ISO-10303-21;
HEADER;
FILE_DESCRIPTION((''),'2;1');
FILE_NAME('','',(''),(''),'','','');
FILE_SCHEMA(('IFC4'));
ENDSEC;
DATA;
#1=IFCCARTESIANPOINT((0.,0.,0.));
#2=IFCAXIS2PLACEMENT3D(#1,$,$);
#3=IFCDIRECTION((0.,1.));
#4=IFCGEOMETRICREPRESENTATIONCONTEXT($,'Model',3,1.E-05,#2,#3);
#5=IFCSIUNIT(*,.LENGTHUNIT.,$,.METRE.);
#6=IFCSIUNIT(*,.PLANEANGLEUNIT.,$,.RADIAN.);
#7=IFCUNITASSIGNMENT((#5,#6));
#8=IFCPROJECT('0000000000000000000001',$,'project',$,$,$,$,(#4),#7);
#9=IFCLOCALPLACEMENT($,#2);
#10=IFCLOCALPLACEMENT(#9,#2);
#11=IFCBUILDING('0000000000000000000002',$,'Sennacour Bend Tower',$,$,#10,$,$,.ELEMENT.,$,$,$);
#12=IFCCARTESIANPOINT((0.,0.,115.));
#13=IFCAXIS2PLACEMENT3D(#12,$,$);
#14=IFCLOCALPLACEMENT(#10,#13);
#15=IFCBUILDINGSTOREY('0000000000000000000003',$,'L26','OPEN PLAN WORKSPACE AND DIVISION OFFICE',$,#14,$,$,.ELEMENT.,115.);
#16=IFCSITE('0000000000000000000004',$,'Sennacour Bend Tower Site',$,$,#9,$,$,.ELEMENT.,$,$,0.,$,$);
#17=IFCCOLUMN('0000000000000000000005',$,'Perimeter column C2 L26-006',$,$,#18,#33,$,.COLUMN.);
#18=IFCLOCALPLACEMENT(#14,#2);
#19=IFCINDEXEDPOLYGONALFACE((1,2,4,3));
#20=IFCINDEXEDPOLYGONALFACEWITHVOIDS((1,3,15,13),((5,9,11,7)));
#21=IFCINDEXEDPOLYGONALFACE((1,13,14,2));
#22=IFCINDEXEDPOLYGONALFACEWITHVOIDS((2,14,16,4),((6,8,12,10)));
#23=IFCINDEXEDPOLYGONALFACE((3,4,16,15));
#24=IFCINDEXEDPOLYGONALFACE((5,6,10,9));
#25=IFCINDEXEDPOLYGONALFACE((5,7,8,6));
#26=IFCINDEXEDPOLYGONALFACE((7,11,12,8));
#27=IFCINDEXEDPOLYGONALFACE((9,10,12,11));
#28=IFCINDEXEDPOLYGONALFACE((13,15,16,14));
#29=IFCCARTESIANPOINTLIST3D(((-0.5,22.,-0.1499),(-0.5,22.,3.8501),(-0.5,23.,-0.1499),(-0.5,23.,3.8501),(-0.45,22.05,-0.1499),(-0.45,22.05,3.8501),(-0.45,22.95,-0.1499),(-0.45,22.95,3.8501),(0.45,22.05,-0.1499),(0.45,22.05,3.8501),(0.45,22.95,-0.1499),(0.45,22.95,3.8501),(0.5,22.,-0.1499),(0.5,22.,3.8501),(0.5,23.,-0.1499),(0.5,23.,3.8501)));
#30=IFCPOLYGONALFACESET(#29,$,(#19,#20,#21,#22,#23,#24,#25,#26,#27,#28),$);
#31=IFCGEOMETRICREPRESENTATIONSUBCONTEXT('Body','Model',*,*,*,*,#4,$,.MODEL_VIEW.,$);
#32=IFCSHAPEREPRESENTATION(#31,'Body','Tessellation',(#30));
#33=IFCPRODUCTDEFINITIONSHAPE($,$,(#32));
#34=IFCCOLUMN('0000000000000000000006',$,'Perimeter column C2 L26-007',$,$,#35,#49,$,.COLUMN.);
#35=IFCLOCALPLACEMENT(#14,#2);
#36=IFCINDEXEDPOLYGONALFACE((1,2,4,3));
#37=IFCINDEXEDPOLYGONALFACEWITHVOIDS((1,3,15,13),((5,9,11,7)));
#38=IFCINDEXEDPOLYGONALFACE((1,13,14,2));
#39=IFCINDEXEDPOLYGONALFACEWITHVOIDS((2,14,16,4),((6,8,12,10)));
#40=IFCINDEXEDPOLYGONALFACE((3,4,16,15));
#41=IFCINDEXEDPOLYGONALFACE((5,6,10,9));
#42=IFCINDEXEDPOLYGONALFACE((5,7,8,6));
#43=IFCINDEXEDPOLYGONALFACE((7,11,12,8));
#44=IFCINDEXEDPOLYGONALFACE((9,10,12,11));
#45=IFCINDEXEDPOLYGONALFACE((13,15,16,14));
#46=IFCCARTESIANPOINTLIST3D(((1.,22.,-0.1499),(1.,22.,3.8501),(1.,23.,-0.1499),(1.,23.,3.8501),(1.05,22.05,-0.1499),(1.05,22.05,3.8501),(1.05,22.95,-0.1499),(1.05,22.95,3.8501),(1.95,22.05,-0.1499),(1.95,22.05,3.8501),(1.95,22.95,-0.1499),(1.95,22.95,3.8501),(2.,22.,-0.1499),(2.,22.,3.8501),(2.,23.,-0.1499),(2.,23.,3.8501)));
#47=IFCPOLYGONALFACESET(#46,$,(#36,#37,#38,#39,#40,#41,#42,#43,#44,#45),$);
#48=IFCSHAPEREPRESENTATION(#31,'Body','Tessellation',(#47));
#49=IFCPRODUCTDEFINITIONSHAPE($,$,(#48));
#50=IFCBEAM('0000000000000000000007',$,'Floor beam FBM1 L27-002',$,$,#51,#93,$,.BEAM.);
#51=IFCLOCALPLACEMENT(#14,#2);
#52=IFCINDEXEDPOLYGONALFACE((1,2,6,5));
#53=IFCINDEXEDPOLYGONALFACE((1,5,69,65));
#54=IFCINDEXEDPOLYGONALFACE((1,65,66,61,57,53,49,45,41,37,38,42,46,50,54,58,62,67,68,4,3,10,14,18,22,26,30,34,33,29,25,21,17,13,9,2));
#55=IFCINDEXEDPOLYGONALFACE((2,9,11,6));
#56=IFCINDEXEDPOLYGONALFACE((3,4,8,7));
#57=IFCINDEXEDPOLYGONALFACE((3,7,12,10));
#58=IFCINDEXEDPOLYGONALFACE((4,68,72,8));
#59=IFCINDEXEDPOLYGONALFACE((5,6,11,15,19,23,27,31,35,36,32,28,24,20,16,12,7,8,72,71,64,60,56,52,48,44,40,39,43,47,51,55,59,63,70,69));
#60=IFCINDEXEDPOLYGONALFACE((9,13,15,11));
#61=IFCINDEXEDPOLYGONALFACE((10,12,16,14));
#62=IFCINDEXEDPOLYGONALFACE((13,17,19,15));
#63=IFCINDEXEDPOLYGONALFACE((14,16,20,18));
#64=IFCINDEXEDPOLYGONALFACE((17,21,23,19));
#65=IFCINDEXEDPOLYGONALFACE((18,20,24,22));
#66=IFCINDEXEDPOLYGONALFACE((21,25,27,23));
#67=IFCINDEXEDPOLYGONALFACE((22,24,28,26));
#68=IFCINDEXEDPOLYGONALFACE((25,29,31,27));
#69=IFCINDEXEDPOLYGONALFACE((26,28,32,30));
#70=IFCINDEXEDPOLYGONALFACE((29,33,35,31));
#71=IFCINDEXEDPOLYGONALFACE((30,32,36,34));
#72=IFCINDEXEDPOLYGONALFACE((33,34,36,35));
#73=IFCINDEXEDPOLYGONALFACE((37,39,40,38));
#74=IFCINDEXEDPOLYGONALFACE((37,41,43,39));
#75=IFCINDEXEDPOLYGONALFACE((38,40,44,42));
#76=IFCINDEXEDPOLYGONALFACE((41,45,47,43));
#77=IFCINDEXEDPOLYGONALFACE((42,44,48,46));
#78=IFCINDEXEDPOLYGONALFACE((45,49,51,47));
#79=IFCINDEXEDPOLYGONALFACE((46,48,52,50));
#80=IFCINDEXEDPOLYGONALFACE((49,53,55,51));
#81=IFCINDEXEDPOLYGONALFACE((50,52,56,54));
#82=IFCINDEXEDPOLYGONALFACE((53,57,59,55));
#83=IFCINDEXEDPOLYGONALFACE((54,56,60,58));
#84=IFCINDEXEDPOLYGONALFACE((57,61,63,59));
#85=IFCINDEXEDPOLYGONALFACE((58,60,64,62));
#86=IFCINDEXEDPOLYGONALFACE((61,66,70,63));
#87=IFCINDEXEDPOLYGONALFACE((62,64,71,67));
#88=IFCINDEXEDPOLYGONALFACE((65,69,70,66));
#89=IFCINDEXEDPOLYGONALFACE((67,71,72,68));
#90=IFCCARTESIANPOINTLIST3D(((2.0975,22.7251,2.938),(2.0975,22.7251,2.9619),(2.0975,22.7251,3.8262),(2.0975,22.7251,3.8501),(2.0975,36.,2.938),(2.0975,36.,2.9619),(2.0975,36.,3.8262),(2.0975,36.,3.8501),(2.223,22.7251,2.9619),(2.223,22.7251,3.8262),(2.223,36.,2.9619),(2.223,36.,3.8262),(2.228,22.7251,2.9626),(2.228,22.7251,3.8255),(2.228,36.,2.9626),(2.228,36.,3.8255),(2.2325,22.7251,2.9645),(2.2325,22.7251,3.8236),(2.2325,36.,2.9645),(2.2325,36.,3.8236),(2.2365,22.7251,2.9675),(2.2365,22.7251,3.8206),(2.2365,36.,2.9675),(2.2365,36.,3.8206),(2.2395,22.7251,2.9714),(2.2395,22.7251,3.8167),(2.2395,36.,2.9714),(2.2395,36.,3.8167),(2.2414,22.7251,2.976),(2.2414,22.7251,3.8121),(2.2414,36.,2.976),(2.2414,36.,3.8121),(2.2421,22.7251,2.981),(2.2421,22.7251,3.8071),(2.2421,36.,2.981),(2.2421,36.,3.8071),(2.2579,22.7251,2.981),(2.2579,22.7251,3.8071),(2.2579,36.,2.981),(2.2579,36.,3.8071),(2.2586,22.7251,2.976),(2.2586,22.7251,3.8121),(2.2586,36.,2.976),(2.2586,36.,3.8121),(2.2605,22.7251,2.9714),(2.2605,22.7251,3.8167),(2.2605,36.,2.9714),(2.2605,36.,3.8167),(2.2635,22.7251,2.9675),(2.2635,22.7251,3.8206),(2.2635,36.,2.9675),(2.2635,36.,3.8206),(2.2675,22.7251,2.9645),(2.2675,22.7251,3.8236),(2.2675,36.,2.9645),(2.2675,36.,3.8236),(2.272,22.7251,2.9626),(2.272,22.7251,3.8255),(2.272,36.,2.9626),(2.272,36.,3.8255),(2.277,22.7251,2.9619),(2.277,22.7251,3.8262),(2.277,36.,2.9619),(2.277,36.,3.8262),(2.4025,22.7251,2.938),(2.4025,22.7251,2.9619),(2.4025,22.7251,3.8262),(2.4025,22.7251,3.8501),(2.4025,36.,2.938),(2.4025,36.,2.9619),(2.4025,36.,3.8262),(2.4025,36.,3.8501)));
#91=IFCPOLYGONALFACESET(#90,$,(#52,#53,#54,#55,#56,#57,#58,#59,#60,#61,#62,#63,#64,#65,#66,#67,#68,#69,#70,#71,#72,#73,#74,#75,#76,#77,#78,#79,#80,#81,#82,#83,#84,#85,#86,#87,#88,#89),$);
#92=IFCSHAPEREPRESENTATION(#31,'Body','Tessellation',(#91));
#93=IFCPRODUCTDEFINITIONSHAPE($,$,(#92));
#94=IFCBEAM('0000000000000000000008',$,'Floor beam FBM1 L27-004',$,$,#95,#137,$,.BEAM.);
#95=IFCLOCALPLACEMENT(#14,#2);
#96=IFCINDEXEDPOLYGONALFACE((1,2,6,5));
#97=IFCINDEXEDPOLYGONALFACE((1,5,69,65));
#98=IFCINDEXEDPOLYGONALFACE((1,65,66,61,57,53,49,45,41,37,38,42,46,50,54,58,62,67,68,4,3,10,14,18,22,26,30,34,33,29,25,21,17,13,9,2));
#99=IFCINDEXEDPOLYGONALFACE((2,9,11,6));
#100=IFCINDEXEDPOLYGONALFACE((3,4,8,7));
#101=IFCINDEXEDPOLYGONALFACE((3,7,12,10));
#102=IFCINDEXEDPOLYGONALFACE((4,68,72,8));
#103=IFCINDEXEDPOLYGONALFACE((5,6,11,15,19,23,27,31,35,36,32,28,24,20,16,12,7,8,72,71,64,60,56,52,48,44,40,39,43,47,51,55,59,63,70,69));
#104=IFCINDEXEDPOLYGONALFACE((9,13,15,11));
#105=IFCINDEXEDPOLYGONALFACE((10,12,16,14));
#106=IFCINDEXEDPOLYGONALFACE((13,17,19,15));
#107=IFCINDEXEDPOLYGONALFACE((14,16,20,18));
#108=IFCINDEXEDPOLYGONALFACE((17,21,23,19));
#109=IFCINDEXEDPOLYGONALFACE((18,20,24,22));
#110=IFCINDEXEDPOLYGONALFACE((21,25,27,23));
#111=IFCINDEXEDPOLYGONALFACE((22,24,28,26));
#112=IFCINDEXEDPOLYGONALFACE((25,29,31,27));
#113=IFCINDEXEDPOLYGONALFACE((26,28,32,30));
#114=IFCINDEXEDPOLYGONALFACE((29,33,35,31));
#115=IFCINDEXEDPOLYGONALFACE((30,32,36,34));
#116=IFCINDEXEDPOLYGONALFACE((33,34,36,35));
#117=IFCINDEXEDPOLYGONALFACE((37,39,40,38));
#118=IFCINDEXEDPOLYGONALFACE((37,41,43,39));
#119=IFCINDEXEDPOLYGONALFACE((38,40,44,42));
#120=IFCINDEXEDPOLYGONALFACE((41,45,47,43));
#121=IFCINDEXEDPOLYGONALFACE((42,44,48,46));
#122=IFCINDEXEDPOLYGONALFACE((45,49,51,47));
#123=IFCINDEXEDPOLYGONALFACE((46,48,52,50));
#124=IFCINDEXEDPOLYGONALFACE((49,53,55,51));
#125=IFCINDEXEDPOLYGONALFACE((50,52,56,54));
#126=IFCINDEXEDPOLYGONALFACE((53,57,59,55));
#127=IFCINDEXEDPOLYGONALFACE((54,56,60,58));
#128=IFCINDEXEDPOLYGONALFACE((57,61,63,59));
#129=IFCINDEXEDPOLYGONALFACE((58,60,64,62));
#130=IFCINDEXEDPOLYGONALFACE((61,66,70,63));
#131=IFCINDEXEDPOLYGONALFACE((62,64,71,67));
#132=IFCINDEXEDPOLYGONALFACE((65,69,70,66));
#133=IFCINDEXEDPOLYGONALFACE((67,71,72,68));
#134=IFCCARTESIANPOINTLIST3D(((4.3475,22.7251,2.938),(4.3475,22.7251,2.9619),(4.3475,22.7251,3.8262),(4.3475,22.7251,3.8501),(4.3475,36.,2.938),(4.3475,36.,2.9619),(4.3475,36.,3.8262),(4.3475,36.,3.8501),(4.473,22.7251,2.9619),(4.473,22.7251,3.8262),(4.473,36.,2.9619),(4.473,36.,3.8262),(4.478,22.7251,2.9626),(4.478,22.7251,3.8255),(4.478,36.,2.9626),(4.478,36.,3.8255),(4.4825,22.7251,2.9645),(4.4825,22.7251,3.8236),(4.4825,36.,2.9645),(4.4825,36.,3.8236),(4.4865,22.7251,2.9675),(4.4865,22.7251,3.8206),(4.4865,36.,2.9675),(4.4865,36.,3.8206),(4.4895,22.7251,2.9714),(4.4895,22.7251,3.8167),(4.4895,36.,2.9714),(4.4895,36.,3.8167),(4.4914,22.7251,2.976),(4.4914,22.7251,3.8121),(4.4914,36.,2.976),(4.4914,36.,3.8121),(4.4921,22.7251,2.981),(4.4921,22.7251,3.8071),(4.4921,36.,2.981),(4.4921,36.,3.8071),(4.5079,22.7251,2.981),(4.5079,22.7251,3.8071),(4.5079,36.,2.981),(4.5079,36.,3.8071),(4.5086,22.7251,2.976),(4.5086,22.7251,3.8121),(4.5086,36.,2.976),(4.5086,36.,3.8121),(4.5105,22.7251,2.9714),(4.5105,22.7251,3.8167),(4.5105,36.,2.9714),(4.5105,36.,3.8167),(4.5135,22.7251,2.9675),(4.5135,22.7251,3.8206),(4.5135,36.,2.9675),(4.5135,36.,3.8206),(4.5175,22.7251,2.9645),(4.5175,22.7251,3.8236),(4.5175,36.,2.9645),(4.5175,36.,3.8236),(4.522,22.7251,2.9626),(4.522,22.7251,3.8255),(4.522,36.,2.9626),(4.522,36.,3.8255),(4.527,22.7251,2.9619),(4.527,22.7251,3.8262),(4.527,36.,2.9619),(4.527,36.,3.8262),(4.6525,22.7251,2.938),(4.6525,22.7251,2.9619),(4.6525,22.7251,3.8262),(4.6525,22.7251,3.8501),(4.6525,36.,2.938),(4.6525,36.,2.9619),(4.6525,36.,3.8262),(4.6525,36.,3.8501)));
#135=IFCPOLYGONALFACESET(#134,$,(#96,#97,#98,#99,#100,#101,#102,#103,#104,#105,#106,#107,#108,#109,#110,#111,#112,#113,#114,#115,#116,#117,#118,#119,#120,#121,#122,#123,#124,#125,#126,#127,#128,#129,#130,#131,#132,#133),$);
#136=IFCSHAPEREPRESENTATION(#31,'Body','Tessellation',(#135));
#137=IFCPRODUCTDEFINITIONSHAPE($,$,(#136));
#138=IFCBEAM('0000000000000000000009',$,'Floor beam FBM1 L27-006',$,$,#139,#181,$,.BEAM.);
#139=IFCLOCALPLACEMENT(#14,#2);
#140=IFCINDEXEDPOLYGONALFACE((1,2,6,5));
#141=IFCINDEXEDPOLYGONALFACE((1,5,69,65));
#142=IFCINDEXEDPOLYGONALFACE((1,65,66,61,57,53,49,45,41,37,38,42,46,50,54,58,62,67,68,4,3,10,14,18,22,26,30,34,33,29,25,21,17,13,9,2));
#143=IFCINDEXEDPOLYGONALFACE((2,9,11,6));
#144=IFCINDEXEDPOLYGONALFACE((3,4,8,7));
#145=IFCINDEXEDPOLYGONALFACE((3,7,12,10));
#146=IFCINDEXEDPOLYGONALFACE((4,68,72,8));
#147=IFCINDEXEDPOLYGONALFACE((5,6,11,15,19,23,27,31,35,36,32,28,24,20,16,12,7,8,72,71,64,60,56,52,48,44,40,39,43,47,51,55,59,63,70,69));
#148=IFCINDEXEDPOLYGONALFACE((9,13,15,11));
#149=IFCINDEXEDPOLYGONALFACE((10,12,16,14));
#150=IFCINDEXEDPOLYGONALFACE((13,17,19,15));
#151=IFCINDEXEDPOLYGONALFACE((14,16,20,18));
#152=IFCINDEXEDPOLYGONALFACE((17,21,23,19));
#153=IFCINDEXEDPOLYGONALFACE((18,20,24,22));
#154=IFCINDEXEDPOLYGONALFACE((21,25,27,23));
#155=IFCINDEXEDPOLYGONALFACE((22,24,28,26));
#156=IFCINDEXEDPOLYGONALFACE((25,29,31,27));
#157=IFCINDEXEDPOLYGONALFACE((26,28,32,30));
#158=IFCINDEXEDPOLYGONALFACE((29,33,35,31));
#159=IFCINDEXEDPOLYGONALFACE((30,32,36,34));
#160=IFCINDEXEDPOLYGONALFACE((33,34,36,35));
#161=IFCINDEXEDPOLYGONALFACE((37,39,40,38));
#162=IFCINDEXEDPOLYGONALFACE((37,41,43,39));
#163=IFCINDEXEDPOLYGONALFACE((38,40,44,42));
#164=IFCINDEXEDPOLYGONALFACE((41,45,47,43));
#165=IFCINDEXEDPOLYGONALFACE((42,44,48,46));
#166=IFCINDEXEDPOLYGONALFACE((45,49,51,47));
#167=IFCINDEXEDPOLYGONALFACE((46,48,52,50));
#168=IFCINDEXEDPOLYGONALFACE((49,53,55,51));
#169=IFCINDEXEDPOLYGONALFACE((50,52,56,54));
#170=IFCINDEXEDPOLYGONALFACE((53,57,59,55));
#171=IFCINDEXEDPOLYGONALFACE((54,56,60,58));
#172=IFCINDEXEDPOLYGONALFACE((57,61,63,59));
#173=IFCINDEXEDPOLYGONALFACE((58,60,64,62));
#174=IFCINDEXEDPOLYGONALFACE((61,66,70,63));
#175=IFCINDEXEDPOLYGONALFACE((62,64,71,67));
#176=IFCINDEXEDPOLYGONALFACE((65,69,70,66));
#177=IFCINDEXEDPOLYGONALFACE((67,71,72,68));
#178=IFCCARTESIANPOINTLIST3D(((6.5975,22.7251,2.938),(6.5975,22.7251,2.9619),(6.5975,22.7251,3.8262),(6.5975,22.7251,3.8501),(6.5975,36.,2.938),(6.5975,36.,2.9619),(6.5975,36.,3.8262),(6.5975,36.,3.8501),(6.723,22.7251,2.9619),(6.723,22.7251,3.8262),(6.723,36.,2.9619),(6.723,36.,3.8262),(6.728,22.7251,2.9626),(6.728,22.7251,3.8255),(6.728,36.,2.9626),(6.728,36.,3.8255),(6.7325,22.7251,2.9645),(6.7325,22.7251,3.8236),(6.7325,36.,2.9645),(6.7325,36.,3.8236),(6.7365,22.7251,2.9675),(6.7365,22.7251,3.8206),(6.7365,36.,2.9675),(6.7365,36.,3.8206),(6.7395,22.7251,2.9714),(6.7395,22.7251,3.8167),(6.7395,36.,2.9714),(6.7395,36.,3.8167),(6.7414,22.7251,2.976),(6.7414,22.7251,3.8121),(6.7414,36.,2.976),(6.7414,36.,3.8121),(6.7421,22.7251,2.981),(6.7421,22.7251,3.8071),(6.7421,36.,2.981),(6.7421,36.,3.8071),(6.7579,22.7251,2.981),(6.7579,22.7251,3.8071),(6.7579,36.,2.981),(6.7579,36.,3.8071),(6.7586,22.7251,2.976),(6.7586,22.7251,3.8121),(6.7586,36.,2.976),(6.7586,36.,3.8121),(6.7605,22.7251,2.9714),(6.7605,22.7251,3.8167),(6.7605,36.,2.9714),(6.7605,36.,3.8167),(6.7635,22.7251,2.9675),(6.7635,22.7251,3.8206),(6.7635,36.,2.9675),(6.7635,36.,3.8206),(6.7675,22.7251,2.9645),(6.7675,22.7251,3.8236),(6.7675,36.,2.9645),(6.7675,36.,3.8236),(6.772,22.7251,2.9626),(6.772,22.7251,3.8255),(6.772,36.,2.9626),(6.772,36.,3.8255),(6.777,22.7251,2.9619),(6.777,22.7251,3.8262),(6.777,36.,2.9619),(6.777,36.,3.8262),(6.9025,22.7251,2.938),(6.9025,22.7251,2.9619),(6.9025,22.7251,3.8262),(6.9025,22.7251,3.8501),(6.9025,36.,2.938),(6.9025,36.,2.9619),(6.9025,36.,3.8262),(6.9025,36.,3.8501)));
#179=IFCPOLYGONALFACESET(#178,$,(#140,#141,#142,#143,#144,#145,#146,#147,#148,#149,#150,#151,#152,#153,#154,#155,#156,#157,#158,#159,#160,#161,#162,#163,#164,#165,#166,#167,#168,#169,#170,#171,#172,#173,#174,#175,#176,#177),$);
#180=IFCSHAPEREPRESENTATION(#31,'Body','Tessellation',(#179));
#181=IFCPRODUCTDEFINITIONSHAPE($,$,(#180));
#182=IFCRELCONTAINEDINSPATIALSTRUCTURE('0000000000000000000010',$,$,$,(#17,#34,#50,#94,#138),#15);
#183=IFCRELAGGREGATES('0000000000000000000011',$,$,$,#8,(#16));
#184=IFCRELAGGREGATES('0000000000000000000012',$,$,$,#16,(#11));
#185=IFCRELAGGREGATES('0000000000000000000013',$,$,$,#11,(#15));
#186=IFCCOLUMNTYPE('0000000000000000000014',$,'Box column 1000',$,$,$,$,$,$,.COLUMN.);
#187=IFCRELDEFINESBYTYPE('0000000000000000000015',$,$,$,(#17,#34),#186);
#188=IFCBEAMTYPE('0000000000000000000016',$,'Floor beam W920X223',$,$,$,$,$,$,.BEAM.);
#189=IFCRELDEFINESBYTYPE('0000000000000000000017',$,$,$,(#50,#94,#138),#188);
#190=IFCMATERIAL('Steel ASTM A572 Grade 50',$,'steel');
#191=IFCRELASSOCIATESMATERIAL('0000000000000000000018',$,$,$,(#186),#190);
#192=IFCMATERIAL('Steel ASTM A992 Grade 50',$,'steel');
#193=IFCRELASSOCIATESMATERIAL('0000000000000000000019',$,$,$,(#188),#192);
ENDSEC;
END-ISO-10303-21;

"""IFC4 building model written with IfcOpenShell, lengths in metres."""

from ifc_helpers import new_model, si_unit, direction, frame, origin, origin_2d, place, context, subcontext, project, spatial, hollow_rectangle, i_section, extrude, material, material_profile, profile_set, type_object, element, save


model = new_model("IFC4")

# Units and contexts
model_context = context("Model", 3, precision=1e-05, world=origin(), true_north=direction((0.0, 1.0)))
body_context = subcontext(model_context, "Body", "Model", "MODEL_VIEW")
ifc_project = project(units=[si_unit("LENGTHUNIT", "METRE"), si_unit("PLANEANGLEUNIT", "RADIAN")], contexts=[model_context])

# Site, building, storey
site_placement = place(None, origin())
site = spatial("IfcSite", under=ifc_project, at=site_placement, Name="Sennacour Bend Tower Site", CompositionType="ELEMENT", RefElevation=0.0)
building_placement = place(site_placement, origin())
building = spatial("IfcBuilding", under=site, at=building_placement, Name="Sennacour Bend Tower", CompositionType="ELEMENT")
storey_placement = place(building_placement, frame((0.0, 0.0, 115.0)))
storey = spatial("IfcBuildingStorey", under=building, at=storey_placement, Name="L26", Description="OPEN PLAN WORKSPACE AND DIVISION OFFICE", CompositionType="ELEMENT", Elevation=115.0)

# Columns
ifc_material_1 = material(Name="Steel ASTM A572 Grade 50", Category="steel")
ifc_material_profile_1 = material_profile(ifc_material_1, hollow_rectangle(XDim=1.0, YDim=1.0, WallThickness=0.05, at=origin_2d()), Name="Steel ASTM A572 Grade 50", Category="steel")
ifc_profile_set_1 = profile_set([ifc_material_profile_1], Name="Steel ASTM A572 Grade 50")
column_type = type_object("IfcColumnType", Name="Box column 1000", PredefinedType="COLUMN", material=ifc_profile_set_1)
for number, where, z_axis, x_axis, name in (
    (1, (0.0, 22.5, -0.1499), (0.0, 0.0, 1.0), (1.0, 0.0, 0.0), "Perimeter column C2 L26-006"),
    (2, (1.5, 22.5, -0.1499), (0.0, 0.0, 1.0), (1.0, 0.0, 0.0), "Perimeter column C2 L26-007"),
):
    element("IfcColumn", number, at=place(storey_placement, frame(where, z_axis=z_axis, x_axis=x_axis)), inside=storey, type_object=column_type, Name=name, PredefinedType="COLUMN", context=body_context, shape_type="SweptSolid", body=[
        extrude(hollow_rectangle(XDim=1.0, YDim=1.0, WallThickness=0.05, at=origin_2d()), origin(), (0.0, 0.0, 1.0), 4.0),
    ])

# Beams
ifc_material_2 = material(Name="Steel ASTM A992 Grade 50", Category="steel")
ifc_material_profile_2 = material_profile(ifc_material_2, i_section(OverallWidth=0.3049, OverallDepth=0.9121, WebThickness=0.0159, FlangeThickness=0.0239, FilletRadius=0.019, at=origin_2d()), Name="Steel ASTM A992 Grade 50", Category="steel")
ifc_profile_set_2 = profile_set([ifc_material_profile_2], Name="Steel ASTM A992 Grade 50")
beam_type_1 = type_object("IfcBeamType", Name="Floor beam W920X223", PredefinedType="BEAM", material=ifc_profile_set_2)
for number, where, z_axis, x_axis, name in (
    (3, (2.25, 22.7251, 3.394), (0.0, 1.0, 0.0), (-1.0, 0.0, 0.0), "Floor beam FBM1 L27-002"),
    (4, (4.5, 22.7251, 3.394), (0.0, 1.0, 0.0), (-1.0, 0.0, 0.0), "Floor beam FBM1 L27-004"),
    (5, (6.75, 22.7251, 3.394), (0.0, 1.0, 0.0), (-1.0, 0.0, 0.0), "Floor beam FBM1 L27-006"),
):
    element("IfcBeam", number, at=place(storey_placement, frame(where, z_axis=z_axis, x_axis=x_axis)), inside=storey, type_object=beam_type_1, Name=name, PredefinedType="BEAM", context=body_context, shape_type="SweptSolid", body=[
        extrude(i_section(OverallWidth=0.3049, OverallDepth=0.9121, WebThickness=0.0159, FlangeThickness=0.0239, FilletRadius=0.019, at=origin_2d()), origin(), (0.0, 0.0, 1.0), 13.2749),
    ])

save(model, "model.ifc")
